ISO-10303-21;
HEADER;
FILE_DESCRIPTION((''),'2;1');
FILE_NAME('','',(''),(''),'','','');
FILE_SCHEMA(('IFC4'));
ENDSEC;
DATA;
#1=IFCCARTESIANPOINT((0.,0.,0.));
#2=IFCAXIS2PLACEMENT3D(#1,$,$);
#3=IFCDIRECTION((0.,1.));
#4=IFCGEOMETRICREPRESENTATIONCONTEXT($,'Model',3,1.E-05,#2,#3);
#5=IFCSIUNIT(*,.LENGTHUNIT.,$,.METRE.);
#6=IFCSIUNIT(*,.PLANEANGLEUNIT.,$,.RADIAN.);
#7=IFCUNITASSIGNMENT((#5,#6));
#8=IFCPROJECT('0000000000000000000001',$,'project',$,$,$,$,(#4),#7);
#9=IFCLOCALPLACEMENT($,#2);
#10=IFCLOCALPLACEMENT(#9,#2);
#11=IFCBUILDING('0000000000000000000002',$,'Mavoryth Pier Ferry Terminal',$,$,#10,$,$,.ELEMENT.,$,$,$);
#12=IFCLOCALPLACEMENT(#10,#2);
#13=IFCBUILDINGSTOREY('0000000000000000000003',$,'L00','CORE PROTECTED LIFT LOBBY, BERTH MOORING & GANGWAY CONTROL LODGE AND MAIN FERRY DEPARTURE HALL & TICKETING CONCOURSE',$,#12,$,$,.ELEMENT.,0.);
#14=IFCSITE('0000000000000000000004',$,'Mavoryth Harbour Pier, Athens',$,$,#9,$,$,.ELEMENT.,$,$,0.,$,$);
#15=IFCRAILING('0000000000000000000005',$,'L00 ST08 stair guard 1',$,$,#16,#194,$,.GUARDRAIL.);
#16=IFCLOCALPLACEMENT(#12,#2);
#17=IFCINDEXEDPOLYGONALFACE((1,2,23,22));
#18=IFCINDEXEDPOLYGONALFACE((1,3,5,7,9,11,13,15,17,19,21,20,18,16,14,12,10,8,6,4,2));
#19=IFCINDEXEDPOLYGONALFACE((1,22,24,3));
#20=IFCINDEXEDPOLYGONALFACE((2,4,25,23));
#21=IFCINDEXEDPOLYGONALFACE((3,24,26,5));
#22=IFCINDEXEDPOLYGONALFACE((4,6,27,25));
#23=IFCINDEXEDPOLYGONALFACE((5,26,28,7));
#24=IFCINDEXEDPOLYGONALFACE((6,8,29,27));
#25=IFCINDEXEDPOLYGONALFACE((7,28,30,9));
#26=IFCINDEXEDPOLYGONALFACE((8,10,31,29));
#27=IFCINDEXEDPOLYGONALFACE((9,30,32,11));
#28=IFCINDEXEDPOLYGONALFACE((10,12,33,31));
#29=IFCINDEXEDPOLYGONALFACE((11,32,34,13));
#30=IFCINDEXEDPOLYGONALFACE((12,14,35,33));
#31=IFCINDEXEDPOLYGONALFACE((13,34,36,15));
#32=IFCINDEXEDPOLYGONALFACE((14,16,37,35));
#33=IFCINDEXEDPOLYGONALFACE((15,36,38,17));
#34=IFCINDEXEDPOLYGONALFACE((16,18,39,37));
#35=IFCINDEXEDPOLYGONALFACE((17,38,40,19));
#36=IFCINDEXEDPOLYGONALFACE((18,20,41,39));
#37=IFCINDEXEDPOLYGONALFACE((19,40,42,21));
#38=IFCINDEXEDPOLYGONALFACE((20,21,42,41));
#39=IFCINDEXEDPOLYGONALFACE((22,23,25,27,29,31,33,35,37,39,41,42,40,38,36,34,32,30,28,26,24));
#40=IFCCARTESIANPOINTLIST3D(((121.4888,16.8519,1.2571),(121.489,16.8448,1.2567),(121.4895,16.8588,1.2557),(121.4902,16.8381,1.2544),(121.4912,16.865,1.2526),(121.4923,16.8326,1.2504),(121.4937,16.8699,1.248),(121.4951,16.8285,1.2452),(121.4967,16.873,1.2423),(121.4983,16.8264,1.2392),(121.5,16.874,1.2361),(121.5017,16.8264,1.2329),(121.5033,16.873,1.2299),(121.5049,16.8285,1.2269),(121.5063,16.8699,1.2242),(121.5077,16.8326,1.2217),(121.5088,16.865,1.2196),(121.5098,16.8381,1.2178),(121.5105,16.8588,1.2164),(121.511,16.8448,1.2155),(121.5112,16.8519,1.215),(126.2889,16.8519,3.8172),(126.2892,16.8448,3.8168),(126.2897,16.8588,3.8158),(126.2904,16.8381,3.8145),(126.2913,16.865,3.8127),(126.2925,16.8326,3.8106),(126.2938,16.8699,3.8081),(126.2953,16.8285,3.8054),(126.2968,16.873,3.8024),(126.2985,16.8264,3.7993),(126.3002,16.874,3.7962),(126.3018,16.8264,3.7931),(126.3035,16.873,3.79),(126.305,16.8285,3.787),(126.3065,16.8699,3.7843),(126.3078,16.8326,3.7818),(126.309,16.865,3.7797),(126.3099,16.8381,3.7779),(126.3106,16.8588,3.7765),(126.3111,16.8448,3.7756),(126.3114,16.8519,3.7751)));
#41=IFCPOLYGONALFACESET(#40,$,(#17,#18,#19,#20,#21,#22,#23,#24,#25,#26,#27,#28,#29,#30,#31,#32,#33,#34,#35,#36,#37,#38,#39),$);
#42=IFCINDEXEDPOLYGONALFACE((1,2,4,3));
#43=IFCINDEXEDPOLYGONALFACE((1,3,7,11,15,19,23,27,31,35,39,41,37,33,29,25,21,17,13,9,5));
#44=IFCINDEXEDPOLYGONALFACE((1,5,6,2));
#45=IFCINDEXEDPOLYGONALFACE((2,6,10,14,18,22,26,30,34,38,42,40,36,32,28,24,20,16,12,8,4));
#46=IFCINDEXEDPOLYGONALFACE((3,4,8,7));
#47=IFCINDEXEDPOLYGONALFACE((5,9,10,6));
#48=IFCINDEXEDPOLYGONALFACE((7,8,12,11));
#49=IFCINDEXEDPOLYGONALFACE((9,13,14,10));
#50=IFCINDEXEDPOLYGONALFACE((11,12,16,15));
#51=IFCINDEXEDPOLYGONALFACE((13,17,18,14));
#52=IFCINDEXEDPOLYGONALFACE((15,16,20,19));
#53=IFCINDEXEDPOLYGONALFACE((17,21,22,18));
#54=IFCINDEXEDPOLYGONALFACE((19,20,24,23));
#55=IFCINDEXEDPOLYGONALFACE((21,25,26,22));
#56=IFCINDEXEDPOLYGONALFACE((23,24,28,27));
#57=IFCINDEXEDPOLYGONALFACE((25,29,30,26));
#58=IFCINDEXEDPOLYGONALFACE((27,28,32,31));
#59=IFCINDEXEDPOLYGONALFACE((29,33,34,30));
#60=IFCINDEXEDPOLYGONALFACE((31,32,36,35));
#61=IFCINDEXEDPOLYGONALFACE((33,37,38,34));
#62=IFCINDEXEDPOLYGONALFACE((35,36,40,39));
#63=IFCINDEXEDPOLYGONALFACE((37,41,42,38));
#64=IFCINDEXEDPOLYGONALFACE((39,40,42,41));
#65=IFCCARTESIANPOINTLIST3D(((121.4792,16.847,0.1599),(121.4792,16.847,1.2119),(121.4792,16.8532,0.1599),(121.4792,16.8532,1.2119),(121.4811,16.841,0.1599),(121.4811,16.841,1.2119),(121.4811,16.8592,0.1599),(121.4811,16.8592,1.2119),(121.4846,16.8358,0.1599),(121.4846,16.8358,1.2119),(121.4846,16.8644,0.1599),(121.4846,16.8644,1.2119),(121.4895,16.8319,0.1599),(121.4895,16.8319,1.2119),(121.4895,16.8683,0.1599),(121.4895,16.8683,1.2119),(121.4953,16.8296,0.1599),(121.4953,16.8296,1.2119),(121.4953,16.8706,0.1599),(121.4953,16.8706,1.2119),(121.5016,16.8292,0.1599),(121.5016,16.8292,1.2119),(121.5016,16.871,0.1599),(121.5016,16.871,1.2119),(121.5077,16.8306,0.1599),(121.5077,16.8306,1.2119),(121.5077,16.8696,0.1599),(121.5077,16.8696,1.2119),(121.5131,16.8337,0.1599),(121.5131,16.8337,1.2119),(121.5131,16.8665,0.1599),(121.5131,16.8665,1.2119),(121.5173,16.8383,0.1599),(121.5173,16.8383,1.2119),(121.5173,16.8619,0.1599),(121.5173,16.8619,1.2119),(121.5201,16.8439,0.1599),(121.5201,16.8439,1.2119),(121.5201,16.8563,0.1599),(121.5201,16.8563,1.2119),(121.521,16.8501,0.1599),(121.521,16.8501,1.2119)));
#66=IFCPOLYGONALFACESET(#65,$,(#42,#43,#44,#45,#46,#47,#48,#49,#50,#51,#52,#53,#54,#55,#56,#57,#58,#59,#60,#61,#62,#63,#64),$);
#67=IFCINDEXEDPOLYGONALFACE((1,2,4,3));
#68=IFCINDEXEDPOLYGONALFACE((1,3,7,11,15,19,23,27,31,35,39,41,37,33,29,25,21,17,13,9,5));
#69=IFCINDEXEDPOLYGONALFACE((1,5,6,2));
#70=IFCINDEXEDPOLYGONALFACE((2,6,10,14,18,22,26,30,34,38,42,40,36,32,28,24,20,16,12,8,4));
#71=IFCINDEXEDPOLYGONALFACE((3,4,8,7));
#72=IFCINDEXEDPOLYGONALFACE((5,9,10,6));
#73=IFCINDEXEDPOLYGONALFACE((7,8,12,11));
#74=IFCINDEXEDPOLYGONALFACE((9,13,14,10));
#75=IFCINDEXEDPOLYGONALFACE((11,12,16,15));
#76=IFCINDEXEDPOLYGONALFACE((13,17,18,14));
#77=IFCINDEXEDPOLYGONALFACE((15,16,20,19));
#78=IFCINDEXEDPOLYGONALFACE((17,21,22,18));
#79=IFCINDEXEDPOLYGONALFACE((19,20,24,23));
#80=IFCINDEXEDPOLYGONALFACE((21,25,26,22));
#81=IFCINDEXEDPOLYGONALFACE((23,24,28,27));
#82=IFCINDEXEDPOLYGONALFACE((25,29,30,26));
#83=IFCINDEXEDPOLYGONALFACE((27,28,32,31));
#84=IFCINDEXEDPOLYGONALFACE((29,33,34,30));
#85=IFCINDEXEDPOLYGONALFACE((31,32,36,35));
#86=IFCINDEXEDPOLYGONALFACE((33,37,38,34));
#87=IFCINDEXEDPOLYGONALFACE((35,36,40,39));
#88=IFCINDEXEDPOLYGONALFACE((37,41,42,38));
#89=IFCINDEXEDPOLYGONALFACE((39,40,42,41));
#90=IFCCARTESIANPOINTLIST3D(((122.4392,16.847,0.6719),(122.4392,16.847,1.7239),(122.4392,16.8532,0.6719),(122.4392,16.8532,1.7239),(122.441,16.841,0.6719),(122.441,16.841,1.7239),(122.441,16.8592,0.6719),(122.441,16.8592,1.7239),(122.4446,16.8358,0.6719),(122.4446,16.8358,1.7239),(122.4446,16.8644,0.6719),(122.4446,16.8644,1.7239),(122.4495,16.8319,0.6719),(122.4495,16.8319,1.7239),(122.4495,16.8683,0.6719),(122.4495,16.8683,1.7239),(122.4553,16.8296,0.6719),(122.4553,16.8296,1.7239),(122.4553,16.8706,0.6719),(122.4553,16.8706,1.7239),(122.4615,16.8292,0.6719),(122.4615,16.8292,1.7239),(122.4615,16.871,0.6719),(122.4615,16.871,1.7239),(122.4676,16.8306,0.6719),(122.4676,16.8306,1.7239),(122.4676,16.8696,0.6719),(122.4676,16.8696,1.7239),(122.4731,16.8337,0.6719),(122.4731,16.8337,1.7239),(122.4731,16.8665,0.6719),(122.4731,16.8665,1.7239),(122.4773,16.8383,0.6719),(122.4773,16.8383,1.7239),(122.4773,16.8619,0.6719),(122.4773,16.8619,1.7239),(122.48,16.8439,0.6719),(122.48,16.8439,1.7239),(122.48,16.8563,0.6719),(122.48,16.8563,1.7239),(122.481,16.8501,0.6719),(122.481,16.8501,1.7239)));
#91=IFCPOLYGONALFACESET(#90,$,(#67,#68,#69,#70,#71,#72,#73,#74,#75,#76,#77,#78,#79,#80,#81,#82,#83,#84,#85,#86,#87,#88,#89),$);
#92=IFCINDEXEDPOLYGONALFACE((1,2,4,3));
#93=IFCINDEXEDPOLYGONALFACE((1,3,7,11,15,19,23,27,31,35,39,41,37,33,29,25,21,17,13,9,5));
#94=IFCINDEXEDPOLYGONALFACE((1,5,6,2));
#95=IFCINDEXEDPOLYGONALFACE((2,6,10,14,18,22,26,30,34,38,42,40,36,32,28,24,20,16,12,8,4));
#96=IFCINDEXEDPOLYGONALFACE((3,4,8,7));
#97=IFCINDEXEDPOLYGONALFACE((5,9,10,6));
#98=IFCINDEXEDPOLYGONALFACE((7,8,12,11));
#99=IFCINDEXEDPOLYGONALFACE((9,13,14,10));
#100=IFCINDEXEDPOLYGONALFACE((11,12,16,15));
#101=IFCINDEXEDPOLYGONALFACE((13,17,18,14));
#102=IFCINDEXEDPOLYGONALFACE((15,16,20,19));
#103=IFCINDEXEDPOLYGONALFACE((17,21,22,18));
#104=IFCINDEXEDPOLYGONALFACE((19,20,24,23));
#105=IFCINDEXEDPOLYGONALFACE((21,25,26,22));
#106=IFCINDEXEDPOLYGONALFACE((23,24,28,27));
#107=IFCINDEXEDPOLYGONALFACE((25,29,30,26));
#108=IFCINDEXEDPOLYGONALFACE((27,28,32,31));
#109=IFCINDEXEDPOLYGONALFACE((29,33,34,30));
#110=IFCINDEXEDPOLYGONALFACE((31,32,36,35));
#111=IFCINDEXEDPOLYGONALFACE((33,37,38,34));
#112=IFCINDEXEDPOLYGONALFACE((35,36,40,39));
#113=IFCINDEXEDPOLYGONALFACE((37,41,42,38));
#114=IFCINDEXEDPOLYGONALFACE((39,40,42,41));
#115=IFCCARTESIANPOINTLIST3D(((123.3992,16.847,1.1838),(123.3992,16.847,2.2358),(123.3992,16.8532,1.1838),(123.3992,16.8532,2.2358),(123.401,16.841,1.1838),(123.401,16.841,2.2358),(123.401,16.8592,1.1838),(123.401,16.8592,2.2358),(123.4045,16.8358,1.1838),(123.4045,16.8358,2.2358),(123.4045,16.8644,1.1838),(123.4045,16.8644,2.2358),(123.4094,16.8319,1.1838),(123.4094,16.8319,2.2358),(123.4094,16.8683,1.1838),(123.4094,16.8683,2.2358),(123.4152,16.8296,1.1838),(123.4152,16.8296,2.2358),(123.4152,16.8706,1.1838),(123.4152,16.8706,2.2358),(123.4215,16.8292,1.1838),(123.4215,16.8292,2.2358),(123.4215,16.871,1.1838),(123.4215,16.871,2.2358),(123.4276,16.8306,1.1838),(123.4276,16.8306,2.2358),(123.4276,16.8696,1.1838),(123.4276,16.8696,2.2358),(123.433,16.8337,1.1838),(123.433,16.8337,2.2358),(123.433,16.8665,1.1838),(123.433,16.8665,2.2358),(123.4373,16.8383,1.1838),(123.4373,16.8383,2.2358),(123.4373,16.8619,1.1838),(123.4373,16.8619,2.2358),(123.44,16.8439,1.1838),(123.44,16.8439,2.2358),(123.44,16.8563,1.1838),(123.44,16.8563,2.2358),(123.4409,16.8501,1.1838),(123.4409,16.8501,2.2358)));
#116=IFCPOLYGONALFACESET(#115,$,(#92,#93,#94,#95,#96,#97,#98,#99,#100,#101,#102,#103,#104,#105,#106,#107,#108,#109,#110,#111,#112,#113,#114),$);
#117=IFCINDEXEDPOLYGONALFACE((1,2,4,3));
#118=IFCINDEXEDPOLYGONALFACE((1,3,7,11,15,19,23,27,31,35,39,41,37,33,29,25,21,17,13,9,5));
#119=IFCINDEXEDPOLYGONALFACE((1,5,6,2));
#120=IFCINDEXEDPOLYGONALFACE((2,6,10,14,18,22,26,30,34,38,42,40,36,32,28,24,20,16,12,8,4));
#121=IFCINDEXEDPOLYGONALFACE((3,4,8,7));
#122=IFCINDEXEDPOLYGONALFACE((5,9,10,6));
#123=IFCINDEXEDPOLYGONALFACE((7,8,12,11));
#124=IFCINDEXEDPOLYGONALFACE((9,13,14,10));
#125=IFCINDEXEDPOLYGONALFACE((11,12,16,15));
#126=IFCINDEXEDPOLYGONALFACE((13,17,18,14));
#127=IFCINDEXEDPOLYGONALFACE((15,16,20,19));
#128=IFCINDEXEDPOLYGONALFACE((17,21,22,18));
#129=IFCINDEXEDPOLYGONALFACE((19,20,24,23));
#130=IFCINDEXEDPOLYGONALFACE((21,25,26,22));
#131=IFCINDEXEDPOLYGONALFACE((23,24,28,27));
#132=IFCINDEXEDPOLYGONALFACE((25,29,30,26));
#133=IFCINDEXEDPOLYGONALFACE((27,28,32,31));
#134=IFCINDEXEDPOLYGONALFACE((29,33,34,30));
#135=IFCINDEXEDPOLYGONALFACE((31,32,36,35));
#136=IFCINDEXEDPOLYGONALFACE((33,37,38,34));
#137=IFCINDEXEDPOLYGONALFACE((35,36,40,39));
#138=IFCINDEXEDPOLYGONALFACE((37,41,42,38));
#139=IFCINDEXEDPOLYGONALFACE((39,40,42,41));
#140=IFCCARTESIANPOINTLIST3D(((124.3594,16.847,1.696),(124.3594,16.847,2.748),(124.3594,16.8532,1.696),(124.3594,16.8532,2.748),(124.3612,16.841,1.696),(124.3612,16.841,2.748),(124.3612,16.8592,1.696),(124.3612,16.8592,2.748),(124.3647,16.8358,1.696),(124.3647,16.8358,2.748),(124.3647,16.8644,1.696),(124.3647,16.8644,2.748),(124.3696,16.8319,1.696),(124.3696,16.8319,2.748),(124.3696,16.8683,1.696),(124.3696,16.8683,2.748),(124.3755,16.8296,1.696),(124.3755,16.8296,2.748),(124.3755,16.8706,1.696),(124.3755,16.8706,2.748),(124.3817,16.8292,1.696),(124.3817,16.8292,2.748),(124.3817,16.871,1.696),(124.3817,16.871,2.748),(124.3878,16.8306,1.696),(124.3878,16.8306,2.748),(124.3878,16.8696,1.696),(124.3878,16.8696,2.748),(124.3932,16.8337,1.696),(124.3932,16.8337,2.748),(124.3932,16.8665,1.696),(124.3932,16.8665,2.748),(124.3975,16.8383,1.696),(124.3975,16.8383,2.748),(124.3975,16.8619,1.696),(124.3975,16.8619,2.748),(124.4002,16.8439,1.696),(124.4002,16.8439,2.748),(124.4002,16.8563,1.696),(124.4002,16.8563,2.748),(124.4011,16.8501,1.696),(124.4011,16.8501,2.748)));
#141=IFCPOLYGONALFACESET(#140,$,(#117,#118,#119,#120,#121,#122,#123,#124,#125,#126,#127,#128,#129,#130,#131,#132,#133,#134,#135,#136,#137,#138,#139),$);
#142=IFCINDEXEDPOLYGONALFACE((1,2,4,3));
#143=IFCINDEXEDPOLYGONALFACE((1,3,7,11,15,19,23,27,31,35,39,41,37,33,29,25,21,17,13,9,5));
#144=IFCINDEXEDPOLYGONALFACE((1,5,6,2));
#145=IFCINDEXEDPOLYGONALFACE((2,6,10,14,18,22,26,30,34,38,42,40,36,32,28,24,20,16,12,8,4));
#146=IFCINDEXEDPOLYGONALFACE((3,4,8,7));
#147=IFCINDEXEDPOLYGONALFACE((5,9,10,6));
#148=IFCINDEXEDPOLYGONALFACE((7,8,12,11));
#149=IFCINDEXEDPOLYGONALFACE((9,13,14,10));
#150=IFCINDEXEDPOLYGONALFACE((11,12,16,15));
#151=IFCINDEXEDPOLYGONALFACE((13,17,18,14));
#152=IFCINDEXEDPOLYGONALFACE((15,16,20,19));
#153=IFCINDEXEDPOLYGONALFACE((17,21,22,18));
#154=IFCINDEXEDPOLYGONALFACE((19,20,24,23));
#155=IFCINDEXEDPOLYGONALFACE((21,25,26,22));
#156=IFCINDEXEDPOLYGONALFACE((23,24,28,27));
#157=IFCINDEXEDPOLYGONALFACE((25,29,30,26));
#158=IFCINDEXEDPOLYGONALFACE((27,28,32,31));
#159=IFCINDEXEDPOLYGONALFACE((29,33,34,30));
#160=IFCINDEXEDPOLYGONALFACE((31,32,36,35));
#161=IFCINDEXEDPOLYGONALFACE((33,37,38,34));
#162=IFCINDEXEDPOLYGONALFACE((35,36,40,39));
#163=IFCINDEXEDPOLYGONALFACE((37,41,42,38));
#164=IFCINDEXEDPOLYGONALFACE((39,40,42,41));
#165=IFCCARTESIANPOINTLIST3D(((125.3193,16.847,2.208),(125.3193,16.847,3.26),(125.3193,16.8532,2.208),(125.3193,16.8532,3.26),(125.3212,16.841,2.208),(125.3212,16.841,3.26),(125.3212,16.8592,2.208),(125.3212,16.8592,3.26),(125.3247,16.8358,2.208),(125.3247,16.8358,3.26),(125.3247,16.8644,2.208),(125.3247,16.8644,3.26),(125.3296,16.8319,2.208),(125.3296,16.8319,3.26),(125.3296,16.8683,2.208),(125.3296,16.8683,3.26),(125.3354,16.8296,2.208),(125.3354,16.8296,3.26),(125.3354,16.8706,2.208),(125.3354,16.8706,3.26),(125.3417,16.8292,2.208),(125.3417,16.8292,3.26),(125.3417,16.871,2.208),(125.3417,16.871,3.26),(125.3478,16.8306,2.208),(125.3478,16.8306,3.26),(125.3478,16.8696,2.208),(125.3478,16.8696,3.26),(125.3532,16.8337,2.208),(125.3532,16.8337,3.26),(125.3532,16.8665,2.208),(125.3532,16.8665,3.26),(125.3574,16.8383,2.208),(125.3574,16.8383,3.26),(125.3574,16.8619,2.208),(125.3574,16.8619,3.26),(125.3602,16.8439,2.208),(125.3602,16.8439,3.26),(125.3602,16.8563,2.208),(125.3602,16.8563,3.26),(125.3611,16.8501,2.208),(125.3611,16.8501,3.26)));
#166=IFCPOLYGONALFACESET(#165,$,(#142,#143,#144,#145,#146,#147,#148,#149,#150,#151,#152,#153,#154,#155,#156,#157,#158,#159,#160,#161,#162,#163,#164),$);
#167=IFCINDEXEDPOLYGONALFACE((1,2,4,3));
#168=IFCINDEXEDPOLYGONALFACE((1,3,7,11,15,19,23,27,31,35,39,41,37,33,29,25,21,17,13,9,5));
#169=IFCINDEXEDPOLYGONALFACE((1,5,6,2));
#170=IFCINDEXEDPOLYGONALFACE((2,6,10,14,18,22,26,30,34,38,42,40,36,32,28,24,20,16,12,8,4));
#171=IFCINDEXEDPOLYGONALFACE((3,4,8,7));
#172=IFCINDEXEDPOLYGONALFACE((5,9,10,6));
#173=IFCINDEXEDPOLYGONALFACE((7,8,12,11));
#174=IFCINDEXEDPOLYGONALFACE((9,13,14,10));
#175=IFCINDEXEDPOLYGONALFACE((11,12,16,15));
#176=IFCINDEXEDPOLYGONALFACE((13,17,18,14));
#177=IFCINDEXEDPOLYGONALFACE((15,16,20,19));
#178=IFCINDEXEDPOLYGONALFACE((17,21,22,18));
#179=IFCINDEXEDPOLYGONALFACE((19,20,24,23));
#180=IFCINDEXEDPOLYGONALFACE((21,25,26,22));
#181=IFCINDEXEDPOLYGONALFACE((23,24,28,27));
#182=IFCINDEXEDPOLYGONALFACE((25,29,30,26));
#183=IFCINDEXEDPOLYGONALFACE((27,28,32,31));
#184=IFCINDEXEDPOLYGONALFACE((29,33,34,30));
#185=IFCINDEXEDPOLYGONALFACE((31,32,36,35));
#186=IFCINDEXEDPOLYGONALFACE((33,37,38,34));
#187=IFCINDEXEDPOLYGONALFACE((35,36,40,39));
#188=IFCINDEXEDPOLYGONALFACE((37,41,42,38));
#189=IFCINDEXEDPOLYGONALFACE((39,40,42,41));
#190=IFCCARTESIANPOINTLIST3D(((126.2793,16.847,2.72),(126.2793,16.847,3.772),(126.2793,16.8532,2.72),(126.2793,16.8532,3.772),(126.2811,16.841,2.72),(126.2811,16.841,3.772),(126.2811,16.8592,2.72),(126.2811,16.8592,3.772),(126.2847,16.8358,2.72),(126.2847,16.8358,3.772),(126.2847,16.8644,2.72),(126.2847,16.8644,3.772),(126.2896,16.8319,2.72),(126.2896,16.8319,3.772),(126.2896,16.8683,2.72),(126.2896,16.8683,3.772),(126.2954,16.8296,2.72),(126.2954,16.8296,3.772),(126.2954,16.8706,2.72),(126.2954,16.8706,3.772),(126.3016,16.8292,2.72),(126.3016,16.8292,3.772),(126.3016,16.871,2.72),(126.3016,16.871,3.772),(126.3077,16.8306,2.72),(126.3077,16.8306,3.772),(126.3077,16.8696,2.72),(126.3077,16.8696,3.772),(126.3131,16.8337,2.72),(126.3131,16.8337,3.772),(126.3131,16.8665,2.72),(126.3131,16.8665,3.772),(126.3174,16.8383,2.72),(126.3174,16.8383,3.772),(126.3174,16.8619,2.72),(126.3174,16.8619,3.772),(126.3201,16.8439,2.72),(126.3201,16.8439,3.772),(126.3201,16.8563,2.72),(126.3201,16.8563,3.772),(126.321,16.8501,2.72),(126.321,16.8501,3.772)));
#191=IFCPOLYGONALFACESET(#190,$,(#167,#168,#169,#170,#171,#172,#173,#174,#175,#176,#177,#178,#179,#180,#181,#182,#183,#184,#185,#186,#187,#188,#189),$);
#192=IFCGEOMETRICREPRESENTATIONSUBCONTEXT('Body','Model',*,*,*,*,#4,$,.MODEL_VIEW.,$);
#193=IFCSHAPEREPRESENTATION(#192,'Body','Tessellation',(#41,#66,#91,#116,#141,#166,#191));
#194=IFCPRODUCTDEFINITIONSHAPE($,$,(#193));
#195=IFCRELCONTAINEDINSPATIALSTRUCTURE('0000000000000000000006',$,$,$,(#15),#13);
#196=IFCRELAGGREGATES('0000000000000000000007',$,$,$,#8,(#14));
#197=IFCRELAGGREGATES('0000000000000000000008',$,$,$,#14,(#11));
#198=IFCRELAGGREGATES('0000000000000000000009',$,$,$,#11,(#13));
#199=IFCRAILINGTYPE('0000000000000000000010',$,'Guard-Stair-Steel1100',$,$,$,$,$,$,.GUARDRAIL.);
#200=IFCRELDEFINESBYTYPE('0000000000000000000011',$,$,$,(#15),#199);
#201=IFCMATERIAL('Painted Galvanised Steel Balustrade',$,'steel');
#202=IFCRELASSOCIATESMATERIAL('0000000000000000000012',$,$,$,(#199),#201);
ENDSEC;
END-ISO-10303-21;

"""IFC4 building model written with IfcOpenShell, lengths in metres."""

from ifc_helpers import new_model, si_unit, direction, frame, origin, origin_2d, place, context, subcontext, project, spatial, circle, extrude, material, type_object, element, save


model = new_model("IFC4")

# Units and contexts
model_context = context("Model", 3, precision=1e-05, world=origin(), true_north=direction((0.0, 1.0)))
body_context = subcontext(model_context, "Body", "Model", "MODEL_VIEW")
ifc_project = project(units=[si_unit("LENGTHUNIT", "METRE"), si_unit("PLANEANGLEUNIT", "RADIAN")], contexts=[model_context])

# Site, building, storey
site_placement = place(None, origin())
site = spatial("IfcSite", under=ifc_project, at=site_placement, Name="Mavoryth Harbour Pier, Athens", CompositionType="ELEMENT", RefElevation=0.0)
building_placement = place(site_placement, origin())
building = spatial("IfcBuilding", under=site, at=building_placement, Name="Mavoryth Pier Ferry Terminal", CompositionType="ELEMENT")
storey_placement = place(building_placement, origin())
storey = spatial("IfcBuildingStorey", under=building, at=storey_placement, Name="L00", Description="CORE PROTECTED LIFT LOBBY, BERTH MOORING & GANGWAY CONTROL LODGE AND MAIN FERRY DEPARTURE HALL & TICKETING CONCOURSE", CompositionType="ELEMENT", Elevation=0.0)

# Railing
ifc_material_1 = material(Name="Painted Galvanised Steel Balustrade", Category="steel")
railing_type_1 = type_object("IfcRailingType", Name="Guard-Stair-Steel1100", PredefinedType="GUARDRAIL", material=ifc_material_1)
railing_1_placement = place(storey_placement, frame((121.5, 16.8501, 0.1599)))
element("IfcRailing", 1, at=railing_1_placement, inside=storey, type_object=railing_type_1, Name="L00 ST08 stair guard 1", PredefinedType="GUARDRAIL", context=body_context, shape_type="SweptSolid", body=[
    extrude(circle(Radius=0.0239, at=origin_2d()), frame((0.0, 0.0, 1.0762), z_axis=(0.88235, 0.0, 0.470593), x_axis=(0.0, 1.0, 0.0)), (0.0, 0.0, 1.0), 5.4402),
    extrude(circle(Radius=0.021, at=origin_2d()), origin(), (0.0, 0.0, 1.0), 1.052),
    extrude(circle(Radius=0.021, at=origin_2d()), frame((0.96, 0.0, 0.512)), (0.0, 0.0, 1.0), 1.052),
    extrude(circle(Radius=0.021, at=origin_2d()), frame((1.9199, 0.0, 1.0239)), (0.0, 0.0, 1.0), 1.052),
    extrude(circle(Radius=0.021, at=origin_2d()), frame((2.8801, 0.0, 1.5361)), (0.0, 0.0, 1.0), 1.052),
    extrude(circle(Radius=0.021, at=origin_2d()), frame((3.8401, 0.0, 2.0481)), (0.0, 0.0, 1.0), 1.052),
    extrude(circle(Radius=0.021, at=origin_2d()), frame((4.8, 0.0, 2.5601)), (0.0, 0.0, 1.0), 1.052),
])

save(model, "model.ifc")
